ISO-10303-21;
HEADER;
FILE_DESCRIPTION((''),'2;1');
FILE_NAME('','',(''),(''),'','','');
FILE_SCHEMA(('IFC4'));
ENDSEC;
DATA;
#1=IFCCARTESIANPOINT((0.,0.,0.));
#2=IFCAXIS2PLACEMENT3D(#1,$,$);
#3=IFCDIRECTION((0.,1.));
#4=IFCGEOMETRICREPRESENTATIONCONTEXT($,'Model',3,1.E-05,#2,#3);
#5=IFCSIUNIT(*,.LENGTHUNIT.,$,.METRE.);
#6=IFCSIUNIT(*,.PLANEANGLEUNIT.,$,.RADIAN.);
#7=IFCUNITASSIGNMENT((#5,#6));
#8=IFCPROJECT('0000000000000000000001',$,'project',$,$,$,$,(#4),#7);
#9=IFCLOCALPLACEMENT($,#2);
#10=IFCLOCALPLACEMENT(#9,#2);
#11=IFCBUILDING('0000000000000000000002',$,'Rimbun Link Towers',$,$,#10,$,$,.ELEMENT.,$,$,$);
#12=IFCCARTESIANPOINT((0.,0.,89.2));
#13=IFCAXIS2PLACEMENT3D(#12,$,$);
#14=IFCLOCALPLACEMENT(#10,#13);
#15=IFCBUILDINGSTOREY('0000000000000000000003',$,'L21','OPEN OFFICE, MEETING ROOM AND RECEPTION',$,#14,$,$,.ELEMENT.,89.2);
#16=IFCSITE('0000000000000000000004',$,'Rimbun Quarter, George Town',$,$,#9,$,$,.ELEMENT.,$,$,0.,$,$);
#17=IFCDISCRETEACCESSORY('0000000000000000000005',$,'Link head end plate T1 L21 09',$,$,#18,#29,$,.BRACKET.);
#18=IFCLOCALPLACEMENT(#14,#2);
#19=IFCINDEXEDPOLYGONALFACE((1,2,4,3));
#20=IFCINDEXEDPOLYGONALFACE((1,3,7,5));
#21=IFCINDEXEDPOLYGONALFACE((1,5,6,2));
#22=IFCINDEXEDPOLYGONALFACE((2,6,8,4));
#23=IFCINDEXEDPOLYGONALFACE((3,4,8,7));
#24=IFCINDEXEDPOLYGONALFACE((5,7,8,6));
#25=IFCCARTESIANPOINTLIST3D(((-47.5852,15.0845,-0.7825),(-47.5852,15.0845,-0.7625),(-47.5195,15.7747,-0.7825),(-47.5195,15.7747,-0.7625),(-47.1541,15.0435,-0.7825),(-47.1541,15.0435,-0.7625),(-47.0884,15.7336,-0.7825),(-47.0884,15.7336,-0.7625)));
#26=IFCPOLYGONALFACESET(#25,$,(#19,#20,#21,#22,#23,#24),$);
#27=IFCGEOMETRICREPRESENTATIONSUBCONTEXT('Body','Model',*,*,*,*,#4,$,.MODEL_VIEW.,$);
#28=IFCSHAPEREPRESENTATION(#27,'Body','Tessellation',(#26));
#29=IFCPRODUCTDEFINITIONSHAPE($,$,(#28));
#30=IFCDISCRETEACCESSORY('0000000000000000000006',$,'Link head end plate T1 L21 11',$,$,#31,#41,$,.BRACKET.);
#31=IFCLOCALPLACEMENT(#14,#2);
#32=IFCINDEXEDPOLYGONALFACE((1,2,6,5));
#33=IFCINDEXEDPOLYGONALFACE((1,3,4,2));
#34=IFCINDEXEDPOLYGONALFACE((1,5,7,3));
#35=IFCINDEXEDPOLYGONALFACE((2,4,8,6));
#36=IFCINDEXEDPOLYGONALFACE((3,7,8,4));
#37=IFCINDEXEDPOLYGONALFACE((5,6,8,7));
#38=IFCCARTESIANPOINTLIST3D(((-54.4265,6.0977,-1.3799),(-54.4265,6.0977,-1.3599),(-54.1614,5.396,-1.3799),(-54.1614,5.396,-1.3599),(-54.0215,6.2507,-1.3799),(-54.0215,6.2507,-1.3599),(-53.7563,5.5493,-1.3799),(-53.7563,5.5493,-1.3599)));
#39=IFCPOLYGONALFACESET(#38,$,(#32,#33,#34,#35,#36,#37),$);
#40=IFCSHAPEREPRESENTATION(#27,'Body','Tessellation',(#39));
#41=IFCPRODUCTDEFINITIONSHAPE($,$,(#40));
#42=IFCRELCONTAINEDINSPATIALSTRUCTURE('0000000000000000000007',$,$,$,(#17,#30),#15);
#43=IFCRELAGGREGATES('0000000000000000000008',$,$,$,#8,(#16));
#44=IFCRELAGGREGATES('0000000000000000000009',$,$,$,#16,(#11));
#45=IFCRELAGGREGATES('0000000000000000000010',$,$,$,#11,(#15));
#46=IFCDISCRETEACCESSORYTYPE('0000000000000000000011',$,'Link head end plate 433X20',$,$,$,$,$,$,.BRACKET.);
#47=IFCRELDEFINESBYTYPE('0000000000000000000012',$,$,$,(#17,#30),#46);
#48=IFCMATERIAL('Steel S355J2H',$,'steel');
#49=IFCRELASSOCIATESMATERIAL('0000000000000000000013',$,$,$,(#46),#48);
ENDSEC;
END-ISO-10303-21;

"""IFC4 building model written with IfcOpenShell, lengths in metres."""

from ifc_helpers import new_model, si_unit, direction, frame, origin, origin_2d, place, context, subcontext, project, spatial, polyline, rectangle, outline, extrude, material, material_profile, profile_set, type_object, element, save


model = new_model("IFC4")

# Units and contexts
model_context = context("Model", 3, precision=1e-05, world=origin(), true_north=direction((0.0, 1.0)))
body_context = subcontext(model_context, "Body", "Model", "MODEL_VIEW")
ifc_project = project(units=[si_unit("LENGTHUNIT", "METRE"), si_unit("PLANEANGLEUNIT", "RADIAN")], contexts=[model_context])

# Site, building, storey
site_placement = place(None, origin())
site = spatial("IfcSite", under=ifc_project, at=site_placement, Name="Rimbun Quarter, George Town", CompositionType="ELEMENT", RefElevation=0.0)
building_placement = place(site_placement, origin())
building = spatial("IfcBuilding", under=site, at=building_placement, Name="Rimbun Link Towers", CompositionType="ELEMENT")
storey_placement = place(building_placement, frame((0.0, 0.0, 89.2)))
storey = spatial("IfcBuildingStorey", under=building, at=storey_placement, Name="L21", Description="OPEN OFFICE, MEETING ROOM AND RECEPTION", CompositionType="ELEMENT", Elevation=89.2)

# Discrete accessories
ifc_material_1 = material(Name="Steel S355J2H", Category="steel")
ifc_material_profile_1 = material_profile(ifc_material_1, rectangle(XDim=0.4331, YDim=0.4331, at=origin_2d()), Name="PL 433x433")
ifc_profile_set_1 = profile_set([ifc_material_profile_1], Name="Steel S355J2H")
discrete_accessory_type_1 = type_object("IfcDiscreteAccessoryType", Name="Link head end plate 433X20", PredefinedType="BRACKET", material=ifc_profile_set_1)
discrete_accessory_1_placement = place(storey_placement, frame((0.0, 0.0, -0.7825)))
element("IfcDiscreteAccessory", 1, at=discrete_accessory_1_placement, inside=storey, type_object=discrete_accessory_type_1, Name="Link head end plate T1 L21 09", PredefinedType="BRACKET", context=body_context, shape_type="SweptSolid", body=[
    extrude(outline(polyline([(-47.1541, 15.0435), (-47.0884, 15.7336), (-47.5195, 15.7747), (-47.5852, 15.0845), (-47.1541, 15.0435)])), origin(), (0.0, 0.0, 1.0), 0.02),
])
discrete_accessory_2_placement = place(storey_placement, frame((0.0, 0.0, -1.3799)))
element("IfcDiscreteAccessory", 2, at=discrete_accessory_2_placement, inside=storey, type_object=discrete_accessory_type_1, Name="Link head end plate T1 L21 11", PredefinedType="BRACKET", context=body_context, shape_type="SweptSolid", body=[
    extrude(outline(polyline([(-53.7563, 5.5493), (-54.0215, 6.2507), (-54.4265, 6.0977), (-54.1614, 5.396), (-53.7563, 5.5493)])), origin(), (0.0, 0.0, 1.0), 0.02),
])

save(model, "model.ifc")
